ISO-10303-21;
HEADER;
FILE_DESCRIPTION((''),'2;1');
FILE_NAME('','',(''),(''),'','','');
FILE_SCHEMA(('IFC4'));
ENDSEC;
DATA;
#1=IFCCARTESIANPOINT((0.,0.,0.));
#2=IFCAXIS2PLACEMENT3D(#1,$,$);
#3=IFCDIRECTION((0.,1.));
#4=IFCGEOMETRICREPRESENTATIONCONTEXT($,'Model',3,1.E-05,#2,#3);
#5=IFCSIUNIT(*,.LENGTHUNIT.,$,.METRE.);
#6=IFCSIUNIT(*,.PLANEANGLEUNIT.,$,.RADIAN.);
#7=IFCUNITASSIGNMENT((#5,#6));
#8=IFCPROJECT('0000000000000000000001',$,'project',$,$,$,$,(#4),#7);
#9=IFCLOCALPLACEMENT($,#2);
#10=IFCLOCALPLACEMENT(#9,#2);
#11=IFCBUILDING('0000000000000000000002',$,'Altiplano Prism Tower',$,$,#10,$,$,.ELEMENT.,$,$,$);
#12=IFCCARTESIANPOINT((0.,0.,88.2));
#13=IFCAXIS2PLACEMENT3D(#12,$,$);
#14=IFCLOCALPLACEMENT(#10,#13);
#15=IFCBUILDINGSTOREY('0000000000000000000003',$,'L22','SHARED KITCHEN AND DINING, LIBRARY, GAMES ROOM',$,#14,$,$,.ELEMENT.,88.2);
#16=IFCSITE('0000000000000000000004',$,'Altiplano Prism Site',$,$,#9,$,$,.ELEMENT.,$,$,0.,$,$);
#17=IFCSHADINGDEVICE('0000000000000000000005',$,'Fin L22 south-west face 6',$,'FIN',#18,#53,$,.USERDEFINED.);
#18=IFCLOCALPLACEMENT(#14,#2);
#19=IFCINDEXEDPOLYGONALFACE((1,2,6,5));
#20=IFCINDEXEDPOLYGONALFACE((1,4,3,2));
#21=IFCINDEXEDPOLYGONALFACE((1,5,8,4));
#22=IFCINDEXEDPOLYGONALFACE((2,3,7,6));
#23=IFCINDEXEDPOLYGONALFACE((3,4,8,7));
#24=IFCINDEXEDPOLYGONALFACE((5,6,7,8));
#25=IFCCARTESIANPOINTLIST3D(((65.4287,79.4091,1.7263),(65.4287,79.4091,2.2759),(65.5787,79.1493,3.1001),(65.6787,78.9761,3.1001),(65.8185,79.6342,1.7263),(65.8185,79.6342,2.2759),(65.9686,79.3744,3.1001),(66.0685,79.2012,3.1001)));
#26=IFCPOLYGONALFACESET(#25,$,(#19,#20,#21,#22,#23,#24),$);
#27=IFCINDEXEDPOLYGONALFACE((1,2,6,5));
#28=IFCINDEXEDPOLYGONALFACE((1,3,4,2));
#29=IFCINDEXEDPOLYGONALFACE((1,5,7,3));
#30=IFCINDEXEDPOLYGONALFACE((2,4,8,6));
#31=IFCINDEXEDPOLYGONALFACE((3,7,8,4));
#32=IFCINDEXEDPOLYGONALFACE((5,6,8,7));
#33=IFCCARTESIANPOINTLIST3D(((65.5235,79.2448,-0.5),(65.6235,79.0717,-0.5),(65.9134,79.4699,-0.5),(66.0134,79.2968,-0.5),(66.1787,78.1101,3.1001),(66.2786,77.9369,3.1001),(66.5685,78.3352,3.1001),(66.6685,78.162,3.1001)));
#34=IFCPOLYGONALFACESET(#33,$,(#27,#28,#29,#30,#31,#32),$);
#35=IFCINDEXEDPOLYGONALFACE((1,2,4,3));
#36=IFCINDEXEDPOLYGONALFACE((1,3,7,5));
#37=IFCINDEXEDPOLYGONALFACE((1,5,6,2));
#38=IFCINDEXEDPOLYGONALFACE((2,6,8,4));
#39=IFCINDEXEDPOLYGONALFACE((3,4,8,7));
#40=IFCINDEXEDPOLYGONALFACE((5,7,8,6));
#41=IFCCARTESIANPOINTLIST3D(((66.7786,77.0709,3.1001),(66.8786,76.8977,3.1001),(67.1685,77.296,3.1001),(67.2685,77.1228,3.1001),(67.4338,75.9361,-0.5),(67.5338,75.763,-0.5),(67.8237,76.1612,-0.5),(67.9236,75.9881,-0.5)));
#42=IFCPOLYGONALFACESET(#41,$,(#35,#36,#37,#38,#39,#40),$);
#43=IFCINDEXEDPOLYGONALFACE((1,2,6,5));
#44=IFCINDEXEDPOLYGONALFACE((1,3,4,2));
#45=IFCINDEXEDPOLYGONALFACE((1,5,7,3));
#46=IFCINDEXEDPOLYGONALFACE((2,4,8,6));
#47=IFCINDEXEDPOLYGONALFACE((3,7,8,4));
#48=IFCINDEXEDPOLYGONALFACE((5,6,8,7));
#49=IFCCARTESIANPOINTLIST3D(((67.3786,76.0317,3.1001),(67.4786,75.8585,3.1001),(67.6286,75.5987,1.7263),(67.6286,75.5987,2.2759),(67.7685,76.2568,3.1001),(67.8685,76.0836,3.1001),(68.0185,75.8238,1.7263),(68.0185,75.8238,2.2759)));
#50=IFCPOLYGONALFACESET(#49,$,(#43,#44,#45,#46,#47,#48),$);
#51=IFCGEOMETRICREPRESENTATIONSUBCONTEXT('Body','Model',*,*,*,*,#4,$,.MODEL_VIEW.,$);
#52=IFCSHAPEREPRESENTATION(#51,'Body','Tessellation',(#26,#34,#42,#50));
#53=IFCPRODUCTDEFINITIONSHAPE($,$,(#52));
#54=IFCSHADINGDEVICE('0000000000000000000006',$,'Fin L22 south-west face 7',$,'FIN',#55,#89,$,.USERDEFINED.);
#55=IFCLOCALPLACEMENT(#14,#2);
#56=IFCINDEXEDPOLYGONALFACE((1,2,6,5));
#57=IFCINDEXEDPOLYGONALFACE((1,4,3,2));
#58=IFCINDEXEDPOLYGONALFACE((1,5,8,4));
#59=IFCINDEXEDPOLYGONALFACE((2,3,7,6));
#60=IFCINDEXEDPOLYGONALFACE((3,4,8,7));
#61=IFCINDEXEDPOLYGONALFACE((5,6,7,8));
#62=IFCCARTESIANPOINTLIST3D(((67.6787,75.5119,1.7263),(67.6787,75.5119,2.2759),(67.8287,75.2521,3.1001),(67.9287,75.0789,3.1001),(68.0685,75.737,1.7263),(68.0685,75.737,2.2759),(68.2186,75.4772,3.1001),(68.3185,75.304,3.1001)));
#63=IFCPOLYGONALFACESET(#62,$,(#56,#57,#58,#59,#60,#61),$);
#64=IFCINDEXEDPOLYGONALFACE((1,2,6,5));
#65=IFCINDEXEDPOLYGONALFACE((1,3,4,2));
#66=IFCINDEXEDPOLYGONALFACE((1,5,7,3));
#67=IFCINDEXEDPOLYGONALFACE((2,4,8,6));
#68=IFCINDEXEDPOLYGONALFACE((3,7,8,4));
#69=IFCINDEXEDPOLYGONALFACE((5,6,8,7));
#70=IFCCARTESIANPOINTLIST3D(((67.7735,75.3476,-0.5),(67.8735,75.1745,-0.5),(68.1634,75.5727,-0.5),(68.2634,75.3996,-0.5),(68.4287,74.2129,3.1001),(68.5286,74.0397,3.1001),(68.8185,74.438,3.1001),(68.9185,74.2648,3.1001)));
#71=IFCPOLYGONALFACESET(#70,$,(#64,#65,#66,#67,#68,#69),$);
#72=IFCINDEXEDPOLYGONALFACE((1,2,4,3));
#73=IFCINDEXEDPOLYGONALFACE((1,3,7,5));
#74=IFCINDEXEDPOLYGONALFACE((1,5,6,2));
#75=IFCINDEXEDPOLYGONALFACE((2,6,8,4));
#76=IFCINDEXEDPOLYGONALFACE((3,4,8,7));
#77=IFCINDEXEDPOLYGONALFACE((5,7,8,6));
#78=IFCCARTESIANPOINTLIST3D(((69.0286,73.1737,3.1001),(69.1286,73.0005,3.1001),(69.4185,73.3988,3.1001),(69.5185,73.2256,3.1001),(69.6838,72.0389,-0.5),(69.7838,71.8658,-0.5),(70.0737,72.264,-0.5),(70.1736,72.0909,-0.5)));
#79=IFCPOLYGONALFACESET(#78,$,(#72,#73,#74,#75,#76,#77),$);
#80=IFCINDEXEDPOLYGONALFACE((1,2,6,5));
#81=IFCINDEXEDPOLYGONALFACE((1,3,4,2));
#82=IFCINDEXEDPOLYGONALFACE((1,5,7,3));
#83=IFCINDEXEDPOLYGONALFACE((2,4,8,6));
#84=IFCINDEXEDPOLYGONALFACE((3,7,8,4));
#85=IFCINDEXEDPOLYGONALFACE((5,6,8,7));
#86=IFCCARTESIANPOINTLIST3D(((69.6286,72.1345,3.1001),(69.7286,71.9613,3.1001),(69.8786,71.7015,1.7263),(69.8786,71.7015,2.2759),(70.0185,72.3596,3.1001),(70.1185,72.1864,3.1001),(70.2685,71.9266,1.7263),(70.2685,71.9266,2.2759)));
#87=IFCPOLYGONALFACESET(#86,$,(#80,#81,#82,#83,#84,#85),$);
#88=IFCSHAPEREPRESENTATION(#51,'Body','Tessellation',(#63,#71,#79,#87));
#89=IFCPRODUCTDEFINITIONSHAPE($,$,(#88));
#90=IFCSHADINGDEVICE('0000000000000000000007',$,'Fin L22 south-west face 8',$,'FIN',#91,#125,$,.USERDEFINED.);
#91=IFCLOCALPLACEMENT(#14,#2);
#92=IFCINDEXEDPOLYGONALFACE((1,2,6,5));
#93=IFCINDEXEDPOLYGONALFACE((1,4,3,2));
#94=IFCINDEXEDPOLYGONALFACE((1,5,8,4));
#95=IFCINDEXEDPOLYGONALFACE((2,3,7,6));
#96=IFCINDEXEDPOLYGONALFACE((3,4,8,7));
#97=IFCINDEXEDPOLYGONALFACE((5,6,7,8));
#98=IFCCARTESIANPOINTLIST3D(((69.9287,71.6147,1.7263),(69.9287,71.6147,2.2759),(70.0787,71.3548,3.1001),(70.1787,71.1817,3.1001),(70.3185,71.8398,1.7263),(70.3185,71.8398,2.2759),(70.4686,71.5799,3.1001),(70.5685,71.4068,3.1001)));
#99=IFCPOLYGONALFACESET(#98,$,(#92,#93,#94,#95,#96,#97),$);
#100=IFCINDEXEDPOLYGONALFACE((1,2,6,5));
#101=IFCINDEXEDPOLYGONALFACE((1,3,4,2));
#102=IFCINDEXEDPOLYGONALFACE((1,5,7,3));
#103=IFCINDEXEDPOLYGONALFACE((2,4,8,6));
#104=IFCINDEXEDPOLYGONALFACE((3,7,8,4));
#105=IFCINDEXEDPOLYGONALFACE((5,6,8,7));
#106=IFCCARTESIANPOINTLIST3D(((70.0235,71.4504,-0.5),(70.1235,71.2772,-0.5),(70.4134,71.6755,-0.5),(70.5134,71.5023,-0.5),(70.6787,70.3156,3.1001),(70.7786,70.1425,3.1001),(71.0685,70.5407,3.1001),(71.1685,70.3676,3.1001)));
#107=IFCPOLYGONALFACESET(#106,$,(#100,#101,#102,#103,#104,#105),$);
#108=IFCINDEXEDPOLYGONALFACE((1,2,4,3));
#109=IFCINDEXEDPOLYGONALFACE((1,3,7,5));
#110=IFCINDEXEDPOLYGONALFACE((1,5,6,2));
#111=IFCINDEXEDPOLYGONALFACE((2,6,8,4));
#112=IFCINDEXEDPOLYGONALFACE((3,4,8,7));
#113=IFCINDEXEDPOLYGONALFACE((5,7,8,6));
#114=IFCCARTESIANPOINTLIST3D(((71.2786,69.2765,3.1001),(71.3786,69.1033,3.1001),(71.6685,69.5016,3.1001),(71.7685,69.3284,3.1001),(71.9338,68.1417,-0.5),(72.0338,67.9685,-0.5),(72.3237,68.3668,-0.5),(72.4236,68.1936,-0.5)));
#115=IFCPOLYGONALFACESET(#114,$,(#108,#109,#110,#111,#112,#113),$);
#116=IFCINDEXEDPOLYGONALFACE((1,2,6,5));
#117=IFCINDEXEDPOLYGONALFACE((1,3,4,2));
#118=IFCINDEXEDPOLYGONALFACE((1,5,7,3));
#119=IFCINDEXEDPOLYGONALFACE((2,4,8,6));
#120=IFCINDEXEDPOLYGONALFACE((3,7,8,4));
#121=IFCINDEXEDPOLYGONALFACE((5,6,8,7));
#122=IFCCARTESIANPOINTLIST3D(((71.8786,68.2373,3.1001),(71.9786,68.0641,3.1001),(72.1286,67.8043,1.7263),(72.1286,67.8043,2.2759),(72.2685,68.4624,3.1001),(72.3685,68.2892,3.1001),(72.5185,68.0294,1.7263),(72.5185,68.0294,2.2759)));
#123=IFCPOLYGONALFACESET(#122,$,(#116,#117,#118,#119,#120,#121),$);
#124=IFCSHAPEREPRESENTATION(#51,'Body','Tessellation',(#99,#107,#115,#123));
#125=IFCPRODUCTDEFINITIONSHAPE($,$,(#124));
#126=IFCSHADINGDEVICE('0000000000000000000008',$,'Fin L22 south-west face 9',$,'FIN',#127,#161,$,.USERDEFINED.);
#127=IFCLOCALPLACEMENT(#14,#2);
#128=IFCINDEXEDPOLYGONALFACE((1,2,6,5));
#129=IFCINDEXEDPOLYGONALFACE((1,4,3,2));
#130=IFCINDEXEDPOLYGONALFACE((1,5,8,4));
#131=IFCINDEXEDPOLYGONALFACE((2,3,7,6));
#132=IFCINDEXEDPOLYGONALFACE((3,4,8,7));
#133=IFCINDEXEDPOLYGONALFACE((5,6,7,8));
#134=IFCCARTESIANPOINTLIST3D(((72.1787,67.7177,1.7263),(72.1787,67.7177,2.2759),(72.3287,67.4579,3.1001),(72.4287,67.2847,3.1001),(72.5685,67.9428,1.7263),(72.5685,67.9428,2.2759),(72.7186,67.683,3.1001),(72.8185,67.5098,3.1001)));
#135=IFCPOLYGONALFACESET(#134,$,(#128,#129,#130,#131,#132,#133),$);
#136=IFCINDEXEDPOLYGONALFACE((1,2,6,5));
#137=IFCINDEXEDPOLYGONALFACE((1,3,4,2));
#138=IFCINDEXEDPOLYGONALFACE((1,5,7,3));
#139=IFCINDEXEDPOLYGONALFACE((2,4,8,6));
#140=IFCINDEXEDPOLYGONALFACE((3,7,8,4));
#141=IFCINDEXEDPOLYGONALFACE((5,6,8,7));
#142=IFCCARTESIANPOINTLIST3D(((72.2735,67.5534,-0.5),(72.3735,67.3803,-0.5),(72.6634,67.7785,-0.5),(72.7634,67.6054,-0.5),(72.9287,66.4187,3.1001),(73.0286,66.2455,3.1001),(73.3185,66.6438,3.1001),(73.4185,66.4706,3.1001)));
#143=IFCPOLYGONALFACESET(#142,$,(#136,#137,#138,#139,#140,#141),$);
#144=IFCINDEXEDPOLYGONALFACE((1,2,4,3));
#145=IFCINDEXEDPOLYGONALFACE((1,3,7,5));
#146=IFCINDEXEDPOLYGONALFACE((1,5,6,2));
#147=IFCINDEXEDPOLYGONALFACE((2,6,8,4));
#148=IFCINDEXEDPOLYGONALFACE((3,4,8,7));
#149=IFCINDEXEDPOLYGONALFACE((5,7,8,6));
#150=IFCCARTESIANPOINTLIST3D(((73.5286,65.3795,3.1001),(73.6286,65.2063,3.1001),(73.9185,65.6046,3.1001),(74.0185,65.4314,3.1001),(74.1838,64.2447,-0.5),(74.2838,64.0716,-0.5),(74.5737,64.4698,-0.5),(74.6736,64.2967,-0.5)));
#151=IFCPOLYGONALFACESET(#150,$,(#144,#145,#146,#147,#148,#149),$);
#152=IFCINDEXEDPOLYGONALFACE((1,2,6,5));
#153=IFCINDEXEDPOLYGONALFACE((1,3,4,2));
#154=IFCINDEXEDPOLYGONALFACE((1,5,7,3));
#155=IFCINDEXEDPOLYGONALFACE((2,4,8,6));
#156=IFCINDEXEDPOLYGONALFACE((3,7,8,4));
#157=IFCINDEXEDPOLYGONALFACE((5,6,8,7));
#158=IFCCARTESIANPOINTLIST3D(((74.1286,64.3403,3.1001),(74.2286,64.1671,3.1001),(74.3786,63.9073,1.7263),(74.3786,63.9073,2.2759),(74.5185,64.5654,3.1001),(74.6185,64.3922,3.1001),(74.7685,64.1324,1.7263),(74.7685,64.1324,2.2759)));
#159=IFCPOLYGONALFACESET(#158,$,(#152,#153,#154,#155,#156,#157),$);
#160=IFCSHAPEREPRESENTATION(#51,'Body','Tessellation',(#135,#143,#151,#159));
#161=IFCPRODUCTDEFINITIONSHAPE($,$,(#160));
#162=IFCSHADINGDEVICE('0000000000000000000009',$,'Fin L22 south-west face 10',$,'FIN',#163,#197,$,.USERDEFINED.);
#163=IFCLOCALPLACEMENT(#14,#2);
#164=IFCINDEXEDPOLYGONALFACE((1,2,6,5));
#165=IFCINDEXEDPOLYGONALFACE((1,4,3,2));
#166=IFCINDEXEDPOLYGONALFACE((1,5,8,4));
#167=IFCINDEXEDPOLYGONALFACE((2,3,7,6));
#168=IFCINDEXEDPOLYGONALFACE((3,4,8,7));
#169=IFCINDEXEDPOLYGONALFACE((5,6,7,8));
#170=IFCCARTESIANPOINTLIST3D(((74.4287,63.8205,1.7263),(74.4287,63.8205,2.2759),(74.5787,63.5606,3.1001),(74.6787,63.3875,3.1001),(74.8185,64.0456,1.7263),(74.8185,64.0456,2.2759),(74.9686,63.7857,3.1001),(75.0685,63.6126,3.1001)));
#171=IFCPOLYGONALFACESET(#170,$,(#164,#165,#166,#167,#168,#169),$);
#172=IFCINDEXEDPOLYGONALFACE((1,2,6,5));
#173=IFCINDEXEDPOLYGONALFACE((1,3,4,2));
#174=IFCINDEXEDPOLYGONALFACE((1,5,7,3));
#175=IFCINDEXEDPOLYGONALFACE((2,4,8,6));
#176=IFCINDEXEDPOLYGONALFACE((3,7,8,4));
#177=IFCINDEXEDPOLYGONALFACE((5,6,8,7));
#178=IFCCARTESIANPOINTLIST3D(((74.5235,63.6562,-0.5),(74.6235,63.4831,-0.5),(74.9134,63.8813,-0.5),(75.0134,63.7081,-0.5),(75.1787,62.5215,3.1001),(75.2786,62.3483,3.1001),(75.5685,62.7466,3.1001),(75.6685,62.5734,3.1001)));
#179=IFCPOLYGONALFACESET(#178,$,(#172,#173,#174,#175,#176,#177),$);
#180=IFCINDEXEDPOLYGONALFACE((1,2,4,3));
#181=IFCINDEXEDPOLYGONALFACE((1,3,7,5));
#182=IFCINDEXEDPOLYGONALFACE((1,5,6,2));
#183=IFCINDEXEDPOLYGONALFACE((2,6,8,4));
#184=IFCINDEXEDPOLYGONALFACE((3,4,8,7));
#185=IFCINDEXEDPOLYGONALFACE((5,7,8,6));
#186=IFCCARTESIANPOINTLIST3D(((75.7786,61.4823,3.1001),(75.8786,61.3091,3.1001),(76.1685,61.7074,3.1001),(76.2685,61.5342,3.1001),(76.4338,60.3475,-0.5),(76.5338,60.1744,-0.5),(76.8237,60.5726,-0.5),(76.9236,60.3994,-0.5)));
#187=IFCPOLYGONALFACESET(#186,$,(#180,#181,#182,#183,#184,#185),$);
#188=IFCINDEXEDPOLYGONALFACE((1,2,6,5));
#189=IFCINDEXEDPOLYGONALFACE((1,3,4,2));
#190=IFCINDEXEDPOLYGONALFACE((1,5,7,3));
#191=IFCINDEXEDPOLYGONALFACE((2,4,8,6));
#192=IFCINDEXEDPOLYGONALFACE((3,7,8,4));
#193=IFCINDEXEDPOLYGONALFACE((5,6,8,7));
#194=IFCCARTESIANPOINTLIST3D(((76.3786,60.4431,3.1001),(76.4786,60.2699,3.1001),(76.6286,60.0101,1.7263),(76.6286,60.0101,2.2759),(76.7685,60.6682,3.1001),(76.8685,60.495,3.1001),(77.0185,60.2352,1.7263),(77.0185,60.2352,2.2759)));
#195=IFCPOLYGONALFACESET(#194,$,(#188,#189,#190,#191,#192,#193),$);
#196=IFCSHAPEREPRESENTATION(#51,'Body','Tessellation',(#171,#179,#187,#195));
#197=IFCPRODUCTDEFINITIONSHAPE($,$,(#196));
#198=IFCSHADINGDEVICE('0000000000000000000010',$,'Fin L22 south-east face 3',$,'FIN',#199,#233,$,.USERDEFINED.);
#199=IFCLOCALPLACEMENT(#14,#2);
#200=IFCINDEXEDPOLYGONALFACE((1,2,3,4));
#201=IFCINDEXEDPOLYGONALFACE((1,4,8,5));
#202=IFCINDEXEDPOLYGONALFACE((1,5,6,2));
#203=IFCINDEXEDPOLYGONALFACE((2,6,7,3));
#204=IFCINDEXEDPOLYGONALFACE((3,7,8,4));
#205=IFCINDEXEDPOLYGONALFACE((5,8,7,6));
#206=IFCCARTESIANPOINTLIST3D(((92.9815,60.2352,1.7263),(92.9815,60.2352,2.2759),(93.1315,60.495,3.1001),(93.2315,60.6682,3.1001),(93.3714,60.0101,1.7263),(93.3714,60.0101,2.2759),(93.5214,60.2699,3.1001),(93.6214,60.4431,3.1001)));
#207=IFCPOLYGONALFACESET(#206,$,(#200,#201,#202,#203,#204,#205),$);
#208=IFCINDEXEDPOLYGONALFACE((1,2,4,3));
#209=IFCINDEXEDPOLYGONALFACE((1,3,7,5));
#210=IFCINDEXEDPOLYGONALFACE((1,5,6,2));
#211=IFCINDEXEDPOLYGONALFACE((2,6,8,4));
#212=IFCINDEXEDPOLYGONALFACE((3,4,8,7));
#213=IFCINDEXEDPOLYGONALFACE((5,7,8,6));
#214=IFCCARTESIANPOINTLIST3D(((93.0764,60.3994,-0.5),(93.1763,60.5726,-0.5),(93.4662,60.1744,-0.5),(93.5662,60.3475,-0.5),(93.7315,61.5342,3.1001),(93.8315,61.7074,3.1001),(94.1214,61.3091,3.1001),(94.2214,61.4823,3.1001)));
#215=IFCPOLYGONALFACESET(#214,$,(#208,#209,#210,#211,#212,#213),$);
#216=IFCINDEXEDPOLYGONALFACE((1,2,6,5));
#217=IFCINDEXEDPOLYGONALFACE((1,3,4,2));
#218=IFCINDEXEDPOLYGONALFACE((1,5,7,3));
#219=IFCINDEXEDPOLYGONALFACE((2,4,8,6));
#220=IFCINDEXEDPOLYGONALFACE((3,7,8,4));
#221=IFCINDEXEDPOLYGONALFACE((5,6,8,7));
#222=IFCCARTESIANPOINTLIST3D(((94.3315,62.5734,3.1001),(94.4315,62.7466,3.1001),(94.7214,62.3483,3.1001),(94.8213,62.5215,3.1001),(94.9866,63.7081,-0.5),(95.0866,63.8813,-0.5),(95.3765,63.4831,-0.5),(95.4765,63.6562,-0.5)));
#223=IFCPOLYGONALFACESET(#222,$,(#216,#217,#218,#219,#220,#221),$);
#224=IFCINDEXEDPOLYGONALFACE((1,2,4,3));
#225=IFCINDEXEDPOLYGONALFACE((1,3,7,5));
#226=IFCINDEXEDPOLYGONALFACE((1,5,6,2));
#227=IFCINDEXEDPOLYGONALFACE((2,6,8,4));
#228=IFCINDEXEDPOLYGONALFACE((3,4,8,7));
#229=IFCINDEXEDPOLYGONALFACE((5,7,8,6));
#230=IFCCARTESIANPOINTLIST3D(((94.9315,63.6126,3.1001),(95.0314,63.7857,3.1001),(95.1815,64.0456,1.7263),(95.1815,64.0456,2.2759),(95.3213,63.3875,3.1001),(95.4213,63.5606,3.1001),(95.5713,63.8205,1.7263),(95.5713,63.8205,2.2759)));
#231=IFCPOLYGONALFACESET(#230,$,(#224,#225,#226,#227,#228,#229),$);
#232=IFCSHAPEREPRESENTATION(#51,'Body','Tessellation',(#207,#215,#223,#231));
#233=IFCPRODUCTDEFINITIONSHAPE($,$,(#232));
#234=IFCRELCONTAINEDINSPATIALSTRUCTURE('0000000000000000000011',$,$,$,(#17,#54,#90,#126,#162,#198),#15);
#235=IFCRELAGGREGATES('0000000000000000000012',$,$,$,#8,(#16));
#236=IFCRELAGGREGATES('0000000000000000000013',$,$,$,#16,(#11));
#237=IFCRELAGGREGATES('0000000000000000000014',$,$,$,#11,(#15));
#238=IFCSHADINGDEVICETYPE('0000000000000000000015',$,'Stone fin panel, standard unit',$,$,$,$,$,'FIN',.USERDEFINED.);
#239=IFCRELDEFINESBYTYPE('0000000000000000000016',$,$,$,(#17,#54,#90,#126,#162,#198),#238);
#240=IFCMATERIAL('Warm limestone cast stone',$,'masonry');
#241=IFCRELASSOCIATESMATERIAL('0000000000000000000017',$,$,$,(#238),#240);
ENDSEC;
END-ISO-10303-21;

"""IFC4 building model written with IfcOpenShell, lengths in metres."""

from ifc_helpers import new_model, si_unit, direction, frame, origin, place, context, subcontext, project, spatial, polyline, outline, extrude, source, transform, mapped, material, type_object, element, save


model = new_model("IFC4")

# Units and contexts
model_context = context("Model", 3, precision=1e-05, world=origin(), true_north=direction((0.0, 1.0)))
body_context = subcontext(model_context, "Body", "Model", "MODEL_VIEW")
ifc_project = project(units=[si_unit("LENGTHUNIT", "METRE"), si_unit("PLANEANGLEUNIT", "RADIAN")], contexts=[model_context])

# Site, building, storey
site_placement = place(None, origin())
site = spatial("IfcSite", under=ifc_project, at=site_placement, Name="Altiplano Prism Site", CompositionType="ELEMENT", RefElevation=0.0)
building_placement = place(site_placement, origin())
building = spatial("IfcBuilding", under=site, at=building_placement, Name="Altiplano Prism Tower", CompositionType="ELEMENT")
storey_placement = place(building_placement, frame((0.0, 0.0, 88.2)))
storey = spatial("IfcBuildingStorey", under=building, at=storey_placement, Name="L22", Description="SHARED KITCHEN AND DINING, LIBRARY, GAMES ROOM", CompositionType="ELEMENT", Elevation=88.2)

# Shading devices
ifc_material_1 = material(Name="Warm limestone cast stone", Category="masonry")
shading_device_type_1 = type_object("IfcShadingDeviceType", Name="Stone fin panel, standard unit", ElementType="FIN", PredefinedType="USERDEFINED", material=ifc_material_1)
shared_shape_1 = source(origin(), body_context, "Body", "SweptSolid", [
    extrude(outline(polyline([(-2.2, 2.2263), (-1.7, 3.6001), (-1.8999, 3.6001), (-2.2, 2.7759), (-2.2, 2.2263)])), frame((0.0, -0.1499, 0.0), z_axis=(0.0, -1.0, 0.0), x_axis=(1.0, 0.0, 0.0)), (0.0, 0.0, 1.0), 0.4502),
    extrude(outline(polyline([(-2.0103, 0.0), (-1.8103, 0.0), (-0.5, 3.6001), (-0.7, 3.6001), (-2.0103, 0.0)])), frame((0.0, -0.1499, 0.0), z_axis=(0.0, -1.0, 0.0), x_axis=(1.0, 0.0, 0.0)), (0.0, 0.0, 1.0), 0.4502),
    extrude(outline(polyline([(1.8103, 0.0), (2.0103, 0.0), (0.7, 3.6001), (0.5, 3.6001), (1.8103, 0.0)])), frame((0.0, -0.1499, 0.0), z_axis=(0.0, -1.0, 0.0), x_axis=(1.0, 0.0, 0.0)), (0.0, 0.0, 1.0), 0.4502),
    extrude(outline(polyline([(2.2, 2.7759), (1.8999, 3.6001), (1.7, 3.6001), (2.2, 2.2263), (2.2, 2.7759)])), frame((0.0, -0.1499, 0.0), z_axis=(0.0, -1.0, 0.0), x_axis=(1.0, 0.0, 0.0)), (0.0, 0.0, 1.0), 0.4502),
])
shading_device_1_placement = place(storey_placement, origin())
element("IfcShadingDevice", 1, at=shading_device_1_placement, inside=storey, type_object=shading_device_type_1, Name="Fin L22 south-west face 6", ObjectType="FIN", PredefinedType="USERDEFINED", context=body_context, shape_type="MappedRepresentation", body=[
    mapped(shared_shape_1, transform((67.0483, 77.804, -0.5), x_axis=(0.5, -0.866025, 0.0), y_axis=(0.866025, 0.5, 0.0), z_axis=(0.0, 0.0, 1.0))),
])
shading_device_2_placement = place(storey_placement, origin())
element("IfcShadingDevice", 2, at=shading_device_2_placement, inside=storey, type_object=shading_device_type_1, Name="Fin L22 south-west face 7", ObjectType="FIN", PredefinedType="USERDEFINED", context=body_context, shape_type="MappedRepresentation", body=[
    mapped(shared_shape_1, transform((69.2983, 73.9067, -0.5), x_axis=(0.5, -0.866025, 0.0), y_axis=(0.866025, 0.5, 0.0), z_axis=(0.0, 0.0, 1.0))),
])
shading_device_3_placement = place(storey_placement, origin())
element("IfcShadingDevice", 3, at=shading_device_3_placement, inside=storey, type_object=shading_device_type_1, Name="Fin L22 south-west face 8", ObjectType="FIN", PredefinedType="USERDEFINED", context=body_context, shape_type="MappedRepresentation", body=[
    mapped(shared_shape_1, transform((71.5483, 70.0095, -0.5), x_axis=(0.5, -0.866025, 0.0), y_axis=(0.866025, 0.5, 0.0), z_axis=(0.0, 0.0, 1.0))),
])
shading_device_4_placement = place(storey_placement, origin())
element("IfcShadingDevice", 4, at=shading_device_4_placement, inside=storey, type_object=shading_device_type_1, Name="Fin L22 south-west face 9", ObjectType="FIN", PredefinedType="USERDEFINED", context=body_context, shape_type="MappedRepresentation", body=[
    mapped(shared_shape_1, transform((73.7983, 66.1125, -0.5), x_axis=(0.5, -0.866025, 0.0), y_axis=(0.866025, 0.5, 0.0), z_axis=(0.0, 0.0, 1.0))),
])
shading_device_5_placement = place(storey_placement, origin())
element("IfcShadingDevice", 5, at=shading_device_5_placement, inside=storey, type_object=shading_device_type_1, Name="Fin L22 south-west face 10", ObjectType="FIN", PredefinedType="USERDEFINED", context=body_context, shape_type="MappedRepresentation", body=[
    mapped(shared_shape_1, transform((76.0483, 62.2153, -0.5), x_axis=(0.5, -0.866025, 0.0), y_axis=(0.866025, 0.5, 0.0), z_axis=(0.0, 0.0, 1.0))),
])
shading_device_6_placement = place(storey_placement, origin())
element("IfcShadingDevice", 6, at=shading_device_6_placement, inside=storey, type_object=shading_device_type_1, Name="Fin L22 south-east face 3", ObjectType="FIN", PredefinedType="USERDEFINED", context=body_context, shape_type="MappedRepresentation", body=[
    mapped(shared_shape_1, transform((93.9517, 62.2153, -0.5), x_axis=(0.5, 0.866025, 0.0), y_axis=(-0.866025, 0.5, 0.0), z_axis=(0.0, 0.0, 1.0))),
])

save(model, "model.ifc")
